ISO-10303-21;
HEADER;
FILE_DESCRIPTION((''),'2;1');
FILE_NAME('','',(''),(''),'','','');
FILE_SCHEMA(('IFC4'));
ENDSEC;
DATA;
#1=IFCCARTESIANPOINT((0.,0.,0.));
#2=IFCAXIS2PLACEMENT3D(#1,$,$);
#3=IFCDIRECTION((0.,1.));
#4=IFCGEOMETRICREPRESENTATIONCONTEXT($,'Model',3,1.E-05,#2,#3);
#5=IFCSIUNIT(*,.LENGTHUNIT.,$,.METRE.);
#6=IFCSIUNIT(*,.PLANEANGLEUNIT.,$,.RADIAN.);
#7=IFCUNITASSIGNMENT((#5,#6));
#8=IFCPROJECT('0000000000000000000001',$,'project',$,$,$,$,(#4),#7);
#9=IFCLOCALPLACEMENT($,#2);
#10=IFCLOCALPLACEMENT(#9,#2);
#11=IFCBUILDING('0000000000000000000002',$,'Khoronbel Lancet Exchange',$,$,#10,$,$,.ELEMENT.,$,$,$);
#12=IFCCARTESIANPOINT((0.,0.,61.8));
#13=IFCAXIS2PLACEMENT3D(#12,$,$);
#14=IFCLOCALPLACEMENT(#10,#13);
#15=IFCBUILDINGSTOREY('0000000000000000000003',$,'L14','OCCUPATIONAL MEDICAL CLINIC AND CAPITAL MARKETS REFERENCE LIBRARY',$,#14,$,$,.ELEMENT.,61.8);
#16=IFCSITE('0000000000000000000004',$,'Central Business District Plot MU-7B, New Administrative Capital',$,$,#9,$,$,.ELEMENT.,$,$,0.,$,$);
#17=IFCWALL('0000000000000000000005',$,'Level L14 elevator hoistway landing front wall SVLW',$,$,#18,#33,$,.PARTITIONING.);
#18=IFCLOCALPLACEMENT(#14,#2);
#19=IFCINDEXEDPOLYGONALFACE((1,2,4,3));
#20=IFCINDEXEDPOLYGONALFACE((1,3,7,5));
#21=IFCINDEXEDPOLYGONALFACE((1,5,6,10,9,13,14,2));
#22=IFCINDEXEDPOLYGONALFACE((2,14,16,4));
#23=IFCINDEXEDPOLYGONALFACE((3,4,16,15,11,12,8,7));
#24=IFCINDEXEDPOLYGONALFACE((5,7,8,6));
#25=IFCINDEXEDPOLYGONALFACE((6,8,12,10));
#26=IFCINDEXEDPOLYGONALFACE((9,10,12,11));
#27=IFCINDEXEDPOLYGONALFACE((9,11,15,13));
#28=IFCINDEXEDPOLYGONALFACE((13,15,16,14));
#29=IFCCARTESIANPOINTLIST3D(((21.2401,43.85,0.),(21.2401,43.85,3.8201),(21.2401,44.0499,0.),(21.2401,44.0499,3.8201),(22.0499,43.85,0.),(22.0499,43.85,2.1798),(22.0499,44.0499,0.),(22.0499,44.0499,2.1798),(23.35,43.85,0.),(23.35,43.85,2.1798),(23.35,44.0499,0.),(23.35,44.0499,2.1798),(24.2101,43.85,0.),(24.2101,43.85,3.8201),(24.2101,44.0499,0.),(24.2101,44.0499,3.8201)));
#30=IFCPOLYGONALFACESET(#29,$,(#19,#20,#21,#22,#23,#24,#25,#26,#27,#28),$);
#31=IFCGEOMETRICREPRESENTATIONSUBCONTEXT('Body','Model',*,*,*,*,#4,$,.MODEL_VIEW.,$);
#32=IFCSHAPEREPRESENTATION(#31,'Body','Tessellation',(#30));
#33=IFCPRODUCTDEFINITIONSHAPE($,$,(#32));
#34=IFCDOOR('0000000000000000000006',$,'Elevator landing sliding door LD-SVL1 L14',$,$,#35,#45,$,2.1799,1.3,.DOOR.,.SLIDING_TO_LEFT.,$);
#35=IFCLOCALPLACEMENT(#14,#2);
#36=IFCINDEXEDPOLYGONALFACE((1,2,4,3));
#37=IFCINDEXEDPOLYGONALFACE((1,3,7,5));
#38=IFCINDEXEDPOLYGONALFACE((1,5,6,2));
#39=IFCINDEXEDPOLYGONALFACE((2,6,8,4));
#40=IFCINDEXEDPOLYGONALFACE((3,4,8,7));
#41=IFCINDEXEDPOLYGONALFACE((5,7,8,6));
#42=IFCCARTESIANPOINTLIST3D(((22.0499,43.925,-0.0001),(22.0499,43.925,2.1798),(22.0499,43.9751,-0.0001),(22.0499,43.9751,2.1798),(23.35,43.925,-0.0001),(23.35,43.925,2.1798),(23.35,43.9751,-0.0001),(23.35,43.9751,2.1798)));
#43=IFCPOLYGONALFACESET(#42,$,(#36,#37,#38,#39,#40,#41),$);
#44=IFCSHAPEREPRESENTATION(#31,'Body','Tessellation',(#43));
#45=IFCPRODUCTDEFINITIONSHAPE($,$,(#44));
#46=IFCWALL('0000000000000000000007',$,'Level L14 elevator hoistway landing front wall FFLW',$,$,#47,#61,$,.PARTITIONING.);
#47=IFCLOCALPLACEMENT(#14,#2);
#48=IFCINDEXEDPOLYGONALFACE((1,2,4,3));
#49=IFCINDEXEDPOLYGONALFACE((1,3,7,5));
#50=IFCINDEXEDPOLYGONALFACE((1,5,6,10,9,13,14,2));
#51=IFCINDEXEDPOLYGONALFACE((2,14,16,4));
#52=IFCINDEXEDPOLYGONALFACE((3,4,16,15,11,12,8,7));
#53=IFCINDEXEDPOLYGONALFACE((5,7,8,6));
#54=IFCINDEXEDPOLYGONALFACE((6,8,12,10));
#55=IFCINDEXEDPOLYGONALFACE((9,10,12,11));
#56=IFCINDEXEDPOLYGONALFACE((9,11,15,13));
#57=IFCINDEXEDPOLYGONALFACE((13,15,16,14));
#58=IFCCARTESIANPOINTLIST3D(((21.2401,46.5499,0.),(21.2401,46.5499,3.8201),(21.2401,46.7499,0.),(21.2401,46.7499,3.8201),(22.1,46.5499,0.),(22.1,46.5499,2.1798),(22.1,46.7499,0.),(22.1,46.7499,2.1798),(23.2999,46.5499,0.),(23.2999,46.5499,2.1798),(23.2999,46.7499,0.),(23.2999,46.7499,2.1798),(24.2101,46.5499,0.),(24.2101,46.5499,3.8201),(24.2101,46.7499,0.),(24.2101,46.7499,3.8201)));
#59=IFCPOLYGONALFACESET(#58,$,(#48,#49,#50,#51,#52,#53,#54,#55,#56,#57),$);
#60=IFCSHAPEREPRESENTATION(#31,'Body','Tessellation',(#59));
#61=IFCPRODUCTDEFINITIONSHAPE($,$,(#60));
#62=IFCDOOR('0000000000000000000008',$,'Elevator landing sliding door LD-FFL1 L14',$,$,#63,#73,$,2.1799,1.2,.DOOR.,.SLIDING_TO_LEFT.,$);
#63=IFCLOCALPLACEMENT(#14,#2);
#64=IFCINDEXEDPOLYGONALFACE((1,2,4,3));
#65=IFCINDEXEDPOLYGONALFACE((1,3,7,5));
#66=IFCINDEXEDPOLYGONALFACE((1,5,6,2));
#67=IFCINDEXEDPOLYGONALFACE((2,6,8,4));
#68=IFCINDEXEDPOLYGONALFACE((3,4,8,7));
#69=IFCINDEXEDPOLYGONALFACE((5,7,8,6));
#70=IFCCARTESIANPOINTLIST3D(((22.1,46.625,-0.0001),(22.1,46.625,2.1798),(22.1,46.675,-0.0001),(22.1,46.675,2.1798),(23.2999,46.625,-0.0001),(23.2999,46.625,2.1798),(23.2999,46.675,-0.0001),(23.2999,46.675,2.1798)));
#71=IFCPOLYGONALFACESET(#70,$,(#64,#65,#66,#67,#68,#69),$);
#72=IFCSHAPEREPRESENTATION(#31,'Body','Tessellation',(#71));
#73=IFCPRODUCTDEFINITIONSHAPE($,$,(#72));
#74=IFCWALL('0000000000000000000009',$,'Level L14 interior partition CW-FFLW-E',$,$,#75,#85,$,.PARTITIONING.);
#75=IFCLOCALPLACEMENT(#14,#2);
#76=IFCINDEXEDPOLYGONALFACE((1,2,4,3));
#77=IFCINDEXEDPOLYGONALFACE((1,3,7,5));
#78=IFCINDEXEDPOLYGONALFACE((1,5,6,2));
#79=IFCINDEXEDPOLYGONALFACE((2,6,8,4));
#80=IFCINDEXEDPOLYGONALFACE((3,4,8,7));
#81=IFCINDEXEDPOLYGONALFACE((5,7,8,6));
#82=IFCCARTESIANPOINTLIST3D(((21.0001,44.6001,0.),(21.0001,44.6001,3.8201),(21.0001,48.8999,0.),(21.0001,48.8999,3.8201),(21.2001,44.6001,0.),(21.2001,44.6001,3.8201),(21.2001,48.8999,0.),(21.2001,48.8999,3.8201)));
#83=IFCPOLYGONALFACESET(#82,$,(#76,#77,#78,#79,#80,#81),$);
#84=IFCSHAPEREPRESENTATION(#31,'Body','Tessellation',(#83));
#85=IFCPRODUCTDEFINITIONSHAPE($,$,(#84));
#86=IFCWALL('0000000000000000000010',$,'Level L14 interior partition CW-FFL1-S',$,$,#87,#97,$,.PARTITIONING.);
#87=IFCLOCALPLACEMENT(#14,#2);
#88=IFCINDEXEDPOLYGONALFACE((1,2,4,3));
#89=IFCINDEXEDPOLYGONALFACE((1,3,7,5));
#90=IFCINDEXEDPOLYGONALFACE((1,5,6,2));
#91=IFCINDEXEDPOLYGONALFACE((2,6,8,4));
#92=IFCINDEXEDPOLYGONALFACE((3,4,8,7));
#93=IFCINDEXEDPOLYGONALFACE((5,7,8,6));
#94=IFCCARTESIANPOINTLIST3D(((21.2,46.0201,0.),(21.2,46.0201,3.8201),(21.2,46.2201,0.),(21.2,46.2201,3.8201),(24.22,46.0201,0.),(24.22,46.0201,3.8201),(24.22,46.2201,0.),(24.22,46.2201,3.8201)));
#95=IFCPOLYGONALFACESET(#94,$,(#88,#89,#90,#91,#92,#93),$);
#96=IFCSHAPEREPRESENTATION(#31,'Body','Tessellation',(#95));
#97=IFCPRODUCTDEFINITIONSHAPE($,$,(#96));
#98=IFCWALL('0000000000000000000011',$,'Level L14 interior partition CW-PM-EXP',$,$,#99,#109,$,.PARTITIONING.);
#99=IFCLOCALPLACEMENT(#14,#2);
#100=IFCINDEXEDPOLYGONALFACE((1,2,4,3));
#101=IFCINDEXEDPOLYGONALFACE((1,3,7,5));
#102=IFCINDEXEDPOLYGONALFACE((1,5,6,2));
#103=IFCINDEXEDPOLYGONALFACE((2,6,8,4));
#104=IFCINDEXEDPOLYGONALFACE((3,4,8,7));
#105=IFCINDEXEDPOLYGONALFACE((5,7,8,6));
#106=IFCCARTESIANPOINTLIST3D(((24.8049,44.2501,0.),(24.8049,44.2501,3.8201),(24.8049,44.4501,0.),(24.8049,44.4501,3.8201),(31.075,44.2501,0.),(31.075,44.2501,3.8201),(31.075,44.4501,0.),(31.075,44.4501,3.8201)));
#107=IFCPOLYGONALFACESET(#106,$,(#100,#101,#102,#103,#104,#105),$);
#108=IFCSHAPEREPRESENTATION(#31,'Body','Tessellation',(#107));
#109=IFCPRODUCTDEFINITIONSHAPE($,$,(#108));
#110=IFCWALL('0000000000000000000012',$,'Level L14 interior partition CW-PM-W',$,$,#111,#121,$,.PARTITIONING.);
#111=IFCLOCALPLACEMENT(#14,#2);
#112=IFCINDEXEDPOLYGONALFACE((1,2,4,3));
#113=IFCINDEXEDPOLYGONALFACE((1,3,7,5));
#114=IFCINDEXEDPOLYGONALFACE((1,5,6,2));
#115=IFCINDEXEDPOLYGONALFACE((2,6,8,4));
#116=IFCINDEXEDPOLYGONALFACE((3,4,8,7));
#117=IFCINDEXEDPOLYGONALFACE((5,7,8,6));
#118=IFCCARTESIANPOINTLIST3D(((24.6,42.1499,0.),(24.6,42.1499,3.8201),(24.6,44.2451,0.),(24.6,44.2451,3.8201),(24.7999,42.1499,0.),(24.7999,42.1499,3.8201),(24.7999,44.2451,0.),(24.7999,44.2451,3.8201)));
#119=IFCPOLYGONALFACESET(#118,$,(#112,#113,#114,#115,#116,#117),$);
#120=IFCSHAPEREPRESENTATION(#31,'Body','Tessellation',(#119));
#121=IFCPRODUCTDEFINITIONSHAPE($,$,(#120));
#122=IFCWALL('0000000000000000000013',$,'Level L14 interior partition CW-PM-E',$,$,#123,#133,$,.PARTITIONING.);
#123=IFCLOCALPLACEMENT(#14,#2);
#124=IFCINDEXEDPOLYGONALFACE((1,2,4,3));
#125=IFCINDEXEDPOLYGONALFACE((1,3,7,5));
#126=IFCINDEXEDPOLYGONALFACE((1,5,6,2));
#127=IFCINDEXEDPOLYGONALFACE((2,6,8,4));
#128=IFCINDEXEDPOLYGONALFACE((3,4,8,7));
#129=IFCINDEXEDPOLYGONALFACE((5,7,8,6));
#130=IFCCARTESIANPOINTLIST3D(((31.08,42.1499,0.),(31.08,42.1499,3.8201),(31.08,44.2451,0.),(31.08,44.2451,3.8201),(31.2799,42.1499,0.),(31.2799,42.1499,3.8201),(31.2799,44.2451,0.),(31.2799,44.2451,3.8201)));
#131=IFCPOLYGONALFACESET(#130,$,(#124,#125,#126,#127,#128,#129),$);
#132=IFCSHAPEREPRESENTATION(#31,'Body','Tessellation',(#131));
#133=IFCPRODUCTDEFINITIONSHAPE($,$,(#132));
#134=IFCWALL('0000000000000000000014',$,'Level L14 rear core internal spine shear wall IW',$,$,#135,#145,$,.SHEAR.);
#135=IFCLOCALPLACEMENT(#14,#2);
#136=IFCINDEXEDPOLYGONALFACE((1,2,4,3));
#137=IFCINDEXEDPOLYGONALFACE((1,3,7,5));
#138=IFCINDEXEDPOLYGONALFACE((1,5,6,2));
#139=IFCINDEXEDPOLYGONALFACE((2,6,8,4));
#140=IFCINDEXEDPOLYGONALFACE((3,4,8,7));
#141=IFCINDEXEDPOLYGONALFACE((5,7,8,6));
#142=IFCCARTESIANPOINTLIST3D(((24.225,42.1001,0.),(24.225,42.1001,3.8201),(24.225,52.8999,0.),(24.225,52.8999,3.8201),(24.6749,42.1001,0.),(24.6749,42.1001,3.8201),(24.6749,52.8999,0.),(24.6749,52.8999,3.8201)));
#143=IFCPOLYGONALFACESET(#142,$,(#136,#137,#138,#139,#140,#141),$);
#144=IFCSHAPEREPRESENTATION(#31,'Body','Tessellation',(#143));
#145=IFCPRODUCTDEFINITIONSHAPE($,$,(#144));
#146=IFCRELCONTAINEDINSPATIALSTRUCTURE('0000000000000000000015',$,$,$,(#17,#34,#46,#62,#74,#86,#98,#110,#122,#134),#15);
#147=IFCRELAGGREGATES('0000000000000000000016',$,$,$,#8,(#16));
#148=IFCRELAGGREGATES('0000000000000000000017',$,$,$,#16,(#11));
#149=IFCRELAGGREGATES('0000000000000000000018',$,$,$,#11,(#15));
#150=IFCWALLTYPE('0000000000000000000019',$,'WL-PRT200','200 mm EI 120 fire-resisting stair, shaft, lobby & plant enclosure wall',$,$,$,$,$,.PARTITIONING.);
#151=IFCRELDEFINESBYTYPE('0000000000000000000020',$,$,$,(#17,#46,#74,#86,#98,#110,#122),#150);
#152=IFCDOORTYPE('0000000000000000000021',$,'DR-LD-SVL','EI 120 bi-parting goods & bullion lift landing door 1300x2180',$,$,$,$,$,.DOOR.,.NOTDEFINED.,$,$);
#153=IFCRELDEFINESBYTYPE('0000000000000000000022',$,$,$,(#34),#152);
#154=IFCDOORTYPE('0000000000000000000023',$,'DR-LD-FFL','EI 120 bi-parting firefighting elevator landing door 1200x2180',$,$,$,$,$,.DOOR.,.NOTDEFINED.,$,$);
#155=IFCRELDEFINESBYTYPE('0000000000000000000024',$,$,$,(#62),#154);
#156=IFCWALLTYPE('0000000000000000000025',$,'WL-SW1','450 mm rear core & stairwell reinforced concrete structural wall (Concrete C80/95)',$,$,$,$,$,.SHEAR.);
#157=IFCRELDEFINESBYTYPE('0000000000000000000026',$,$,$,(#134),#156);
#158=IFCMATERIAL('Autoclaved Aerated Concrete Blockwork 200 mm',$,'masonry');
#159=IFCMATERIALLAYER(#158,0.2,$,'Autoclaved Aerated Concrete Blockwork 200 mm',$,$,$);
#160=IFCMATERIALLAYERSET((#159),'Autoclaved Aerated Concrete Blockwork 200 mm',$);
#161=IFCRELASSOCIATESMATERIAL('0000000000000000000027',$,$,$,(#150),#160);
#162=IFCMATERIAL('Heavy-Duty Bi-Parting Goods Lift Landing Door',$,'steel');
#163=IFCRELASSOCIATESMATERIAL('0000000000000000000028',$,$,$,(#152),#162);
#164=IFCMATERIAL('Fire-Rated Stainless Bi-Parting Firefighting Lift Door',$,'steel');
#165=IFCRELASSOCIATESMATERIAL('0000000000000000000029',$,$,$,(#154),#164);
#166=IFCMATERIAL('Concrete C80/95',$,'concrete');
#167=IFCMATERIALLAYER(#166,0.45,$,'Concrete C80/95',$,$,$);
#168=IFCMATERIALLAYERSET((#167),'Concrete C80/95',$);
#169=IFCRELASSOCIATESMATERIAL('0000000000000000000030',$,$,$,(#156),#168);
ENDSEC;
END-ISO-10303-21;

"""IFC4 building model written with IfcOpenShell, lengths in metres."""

from ifc_helpers import new_model, si_unit, direction, frame, frame_2d, origin, place, context, subcontext, project, spatial, rectangle, extrude, material, layer, layer_set, type_object, element, fill, save


model = new_model("IFC4")

# Units and contexts
model_context = context("Model", 3, precision=1e-05, world=origin(), true_north=direction((0.0, 1.0)))
body_context = subcontext(model_context, "Body", "Model", "MODEL_VIEW")
ifc_project = project(units=[si_unit("LENGTHUNIT", "METRE"), si_unit("PLANEANGLEUNIT", "RADIAN")], contexts=[model_context])

# Site, building, storey
site_placement = place(None, origin())
site = spatial("IfcSite", under=ifc_project, at=site_placement, Name="Central Business District Plot MU-7B, New Administrative Capital", CompositionType="ELEMENT", RefElevation=0.0)
building_placement = place(site_placement, origin())
building = spatial("IfcBuilding", under=site, at=building_placement, Name="Khoronbel Lancet Exchange", CompositionType="ELEMENT")
storey_placement = place(building_placement, frame((0.0, 0.0, 61.8)))
storey = spatial("IfcBuildingStorey", under=building, at=storey_placement, Name="L14", Description="OCCUPATIONAL MEDICAL CLINIC AND CAPITAL MARKETS REFERENCE LIBRARY", CompositionType="ELEMENT", Elevation=61.8)

# Shared definitions
ifc_material_1 = material(Name="Concrete C80/95", Category="concrete")

# Walls, openings, doors
ifc_material_2 = material(Name="Autoclaved Aerated Concrete Blockwork 200 mm", Category="masonry")
ifc_layer_1 = layer(ifc_material_2, 0.2, Name="Autoclaved Aerated Concrete Blockwork 200 mm")
ifc_layer_set_1 = layer_set([ifc_layer_1], Name="Autoclaved Aerated Concrete Blockwork 200 mm")
wall_type_1 = type_object("IfcWallType", Name="WL-PRT200", Description="200 mm EI 120 fire-resisting stair, shaft, lobby & plant enclosure wall", PredefinedType="PARTITIONING", material=ifc_layer_set_1)
wall_1_placement = place(storey_placement, frame((24.21, 43.95, 0.0), z_axis=(0.0, 0.0, 1.0), x_axis=(-1.0, 0.0, 0.0)))
wall_1 = element("IfcWall", 1, at=wall_1_placement, inside=storey, type_object=wall_type_1, Name="Level L14 elevator hoistway landing front wall SVLW", PredefinedType="PARTITIONING", context=body_context, shape_type="SweptSolid", body=[
    extrude(rectangle(XDim=2.97, YDim=0.2, at=frame_2d((1.4849, 0.0))), origin(), (0.0, 0.0, 1.0), 3.8201),
])
opening_1_placement = place(wall_1_placement, frame((0.8601, 0.0, 0.0)))
opening_1 = element("IfcOpeningElement", 2, at=opening_1_placement, cuts=wall_1, PredefinedType="OPENING", context=body_context, shape_type="SweptSolid", body=[
    extrude(rectangle(XDim=1.3, YDim=2.1799, at=frame_2d((0.6499, 1.0898))), frame((0.0, 0.1099, 0.0), z_axis=(0.0, -1.0, 0.0), x_axis=(1.0, 0.0, 0.0)), (0.0, 0.0, 1.0), 0.22),
])
ifc_material_3 = material(Name="Heavy-Duty Bi-Parting Goods Lift Landing Door", Category="steel")
door_type_1 = type_object("IfcDoorType", Name="DR-LD-SVL", Description="EI 120 bi-parting goods & bullion lift landing door 1300x2180", OperationType="NOTDEFINED", PredefinedType="DOOR", material=ifc_material_3)
door_1_placement = place(opening_1_placement, origin())
door_1 = element("IfcDoor", 3, at=door_1_placement, inside=storey, type_object=door_type_1, Name="Elevator landing sliding door LD-SVL1 L14", OperationType="SLIDING_TO_LEFT", OverallHeight=2.1799, OverallWidth=1.3, PredefinedType="DOOR", context=body_context, shape_type="SweptSolid", body=[
    extrude(rectangle(XDim=1.3, YDim=2.1799, at=frame_2d((0.6499, 1.0898))), frame((0.0, 0.0249, 0.0), z_axis=(0.0, -1.0, 0.0), x_axis=(1.0, 0.0, 0.0)), (0.0, 0.0, 1.0), 0.05),
])
fill(opening_1, door_1)
wall_2_placement = place(storey_placement, frame((24.21, 46.6499, 0.0), z_axis=(0.0, 0.0, 1.0), x_axis=(-1.0, 0.0, 0.0)))
wall_2 = element("IfcWall", 4, at=wall_2_placement, inside=storey, type_object=wall_type_1, Name="Level L14 elevator hoistway landing front wall FFLW", PredefinedType="PARTITIONING", context=body_context, shape_type="SweptSolid", body=[
    extrude(rectangle(XDim=2.97, YDim=0.2, at=frame_2d((1.4849, 0.0))), origin(), (0.0, 0.0, 1.0), 3.8201),
])
opening_2_placement = place(wall_2_placement, frame((0.9099, 0.0, 0.0)))
opening_2 = element("IfcOpeningElement", 5, at=opening_2_placement, cuts=wall_2, PredefinedType="OPENING", context=body_context, shape_type="SweptSolid", body=[
    extrude(rectangle(XDim=1.2, YDim=2.1799, at=frame_2d((0.6001, 1.0898))), frame((0.0, 0.1099, 0.0), z_axis=(0.0, -1.0, 0.0), x_axis=(1.0, 0.0, 0.0)), (0.0, 0.0, 1.0), 0.22),
])
ifc_material_4 = material(Name="Fire-Rated Stainless Bi-Parting Firefighting Lift Door", Category="steel")
door_type_2 = type_object("IfcDoorType", Name="DR-LD-FFL", Description="EI 120 bi-parting firefighting elevator landing door 1200x2180", OperationType="NOTDEFINED", PredefinedType="DOOR", material=ifc_material_4)
door_2_placement = place(opening_2_placement, origin())
door_2 = element("IfcDoor", 6, at=door_2_placement, inside=storey, type_object=door_type_2, Name="Elevator landing sliding door LD-FFL1 L14", OperationType="SLIDING_TO_LEFT", OverallHeight=2.1799, OverallWidth=1.2, PredefinedType="DOOR", context=body_context, shape_type="SweptSolid", body=[
    extrude(rectangle(XDim=1.2, YDim=2.1799, at=frame_2d((0.6001, 1.0898))), frame((0.0, 0.0249, 0.0), z_axis=(0.0, -1.0, 0.0), x_axis=(1.0, 0.0, 0.0)), (0.0, 0.0, 1.0), 0.05),
])
fill(opening_2, door_2)

# Walls
wall_3_placement = place(storey_placement, frame((21.1001, 44.6001, 0.0), z_axis=(0.0, 0.0, 1.0), x_axis=(0.0, 1.0, 0.0)))
element("IfcWall", 7, at=wall_3_placement, inside=storey, type_object=wall_type_1, Name="Level L14 interior partition CW-FFLW-E", PredefinedType="PARTITIONING", context=body_context, shape_type="SweptSolid", body=[
    extrude(rectangle(XDim=4.2998, YDim=0.2, at=frame_2d((2.1499, 0.0))), origin(), (0.0, 0.0, 1.0), 3.8201),
])
wall_4_placement = place(storey_placement, frame((21.2, 46.1201, 0.0), z_axis=(0.0, 0.0, 1.0), x_axis=(1.0, 0.0, 0.0)))
element("IfcWall", 8, at=wall_4_placement, inside=storey, type_object=wall_type_1, Name="Level L14 interior partition CW-FFL1-S", PredefinedType="PARTITIONING", context=body_context, shape_type="SweptSolid", body=[
    extrude(rectangle(XDim=3.02, YDim=0.2, at=frame_2d((1.51, 0.0))), origin(), (0.0, 0.0, 1.0), 3.8201),
])

# Walls
wall_5_placement = place(storey_placement, frame((24.8049, 44.3501, 0.0), z_axis=(0.0, 0.0, 1.0), x_axis=(1.0, 0.0, 0.0)))
element("IfcWall", 9, at=wall_5_placement, inside=storey, type_object=wall_type_1, Name="Level L14 interior partition CW-PM-EXP", PredefinedType="PARTITIONING", context=body_context, shape_type="SweptSolid", body=[
    extrude(rectangle(XDim=6.27, YDim=0.2, at=frame_2d((3.135, 0.0))), origin(), (0.0, 0.0, 1.0), 3.8201),
])
for number, where, z_axis, x_axis, name in (
    (10, (24.7, 42.1499, 0.0), (0.0, 0.0, 1.0), (0.0, 1.0, 0.0), "Level L14 interior partition CW-PM-W"),
    (11, (31.1799, 42.1499, 0.0), (0.0, 0.0, 1.0), (0.0, 1.0, 0.0), "Level L14 interior partition CW-PM-E"),
):
    element("IfcWall", number, at=place(storey_placement, frame(where, z_axis=z_axis, x_axis=x_axis)), inside=storey, type_object=wall_type_1, Name=name, PredefinedType="PARTITIONING", context=body_context, shape_type="SweptSolid", body=[
        extrude(rectangle(XDim=2.0952, YDim=0.2, at=frame_2d((1.0476, 0.0))), origin(), (0.0, 0.0, 1.0), 3.8201),
    ])
ifc_layer_2 = layer(ifc_material_1, 0.45, Name="Concrete C80/95")
ifc_layer_set_2 = layer_set([ifc_layer_2], Name="Concrete C80/95")
wall_type_2 = type_object("IfcWallType", Name="WL-SW1", Description="450 mm rear core & stairwell reinforced concrete structural wall (Concrete C80/95)", PredefinedType="SHEAR", material=ifc_layer_set_2)
wall_6_placement = place(storey_placement, frame((24.45, 42.1001, 0.0), z_axis=(0.0, 0.0, 1.0), x_axis=(0.0, 1.0, 0.0)))
element("IfcWall", 12, at=wall_6_placement, inside=storey, type_object=wall_type_2, Name="Level L14 rear core internal spine shear wall IW", PredefinedType="SHEAR", context=body_context, shape_type="SweptSolid", body=[
    extrude(rectangle(XDim=10.7998, YDim=0.45, at=frame_2d((5.3999, 0.0))), origin(), (0.0, 0.0, 1.0), 3.8201),
])

save(model, "model.ifc")
